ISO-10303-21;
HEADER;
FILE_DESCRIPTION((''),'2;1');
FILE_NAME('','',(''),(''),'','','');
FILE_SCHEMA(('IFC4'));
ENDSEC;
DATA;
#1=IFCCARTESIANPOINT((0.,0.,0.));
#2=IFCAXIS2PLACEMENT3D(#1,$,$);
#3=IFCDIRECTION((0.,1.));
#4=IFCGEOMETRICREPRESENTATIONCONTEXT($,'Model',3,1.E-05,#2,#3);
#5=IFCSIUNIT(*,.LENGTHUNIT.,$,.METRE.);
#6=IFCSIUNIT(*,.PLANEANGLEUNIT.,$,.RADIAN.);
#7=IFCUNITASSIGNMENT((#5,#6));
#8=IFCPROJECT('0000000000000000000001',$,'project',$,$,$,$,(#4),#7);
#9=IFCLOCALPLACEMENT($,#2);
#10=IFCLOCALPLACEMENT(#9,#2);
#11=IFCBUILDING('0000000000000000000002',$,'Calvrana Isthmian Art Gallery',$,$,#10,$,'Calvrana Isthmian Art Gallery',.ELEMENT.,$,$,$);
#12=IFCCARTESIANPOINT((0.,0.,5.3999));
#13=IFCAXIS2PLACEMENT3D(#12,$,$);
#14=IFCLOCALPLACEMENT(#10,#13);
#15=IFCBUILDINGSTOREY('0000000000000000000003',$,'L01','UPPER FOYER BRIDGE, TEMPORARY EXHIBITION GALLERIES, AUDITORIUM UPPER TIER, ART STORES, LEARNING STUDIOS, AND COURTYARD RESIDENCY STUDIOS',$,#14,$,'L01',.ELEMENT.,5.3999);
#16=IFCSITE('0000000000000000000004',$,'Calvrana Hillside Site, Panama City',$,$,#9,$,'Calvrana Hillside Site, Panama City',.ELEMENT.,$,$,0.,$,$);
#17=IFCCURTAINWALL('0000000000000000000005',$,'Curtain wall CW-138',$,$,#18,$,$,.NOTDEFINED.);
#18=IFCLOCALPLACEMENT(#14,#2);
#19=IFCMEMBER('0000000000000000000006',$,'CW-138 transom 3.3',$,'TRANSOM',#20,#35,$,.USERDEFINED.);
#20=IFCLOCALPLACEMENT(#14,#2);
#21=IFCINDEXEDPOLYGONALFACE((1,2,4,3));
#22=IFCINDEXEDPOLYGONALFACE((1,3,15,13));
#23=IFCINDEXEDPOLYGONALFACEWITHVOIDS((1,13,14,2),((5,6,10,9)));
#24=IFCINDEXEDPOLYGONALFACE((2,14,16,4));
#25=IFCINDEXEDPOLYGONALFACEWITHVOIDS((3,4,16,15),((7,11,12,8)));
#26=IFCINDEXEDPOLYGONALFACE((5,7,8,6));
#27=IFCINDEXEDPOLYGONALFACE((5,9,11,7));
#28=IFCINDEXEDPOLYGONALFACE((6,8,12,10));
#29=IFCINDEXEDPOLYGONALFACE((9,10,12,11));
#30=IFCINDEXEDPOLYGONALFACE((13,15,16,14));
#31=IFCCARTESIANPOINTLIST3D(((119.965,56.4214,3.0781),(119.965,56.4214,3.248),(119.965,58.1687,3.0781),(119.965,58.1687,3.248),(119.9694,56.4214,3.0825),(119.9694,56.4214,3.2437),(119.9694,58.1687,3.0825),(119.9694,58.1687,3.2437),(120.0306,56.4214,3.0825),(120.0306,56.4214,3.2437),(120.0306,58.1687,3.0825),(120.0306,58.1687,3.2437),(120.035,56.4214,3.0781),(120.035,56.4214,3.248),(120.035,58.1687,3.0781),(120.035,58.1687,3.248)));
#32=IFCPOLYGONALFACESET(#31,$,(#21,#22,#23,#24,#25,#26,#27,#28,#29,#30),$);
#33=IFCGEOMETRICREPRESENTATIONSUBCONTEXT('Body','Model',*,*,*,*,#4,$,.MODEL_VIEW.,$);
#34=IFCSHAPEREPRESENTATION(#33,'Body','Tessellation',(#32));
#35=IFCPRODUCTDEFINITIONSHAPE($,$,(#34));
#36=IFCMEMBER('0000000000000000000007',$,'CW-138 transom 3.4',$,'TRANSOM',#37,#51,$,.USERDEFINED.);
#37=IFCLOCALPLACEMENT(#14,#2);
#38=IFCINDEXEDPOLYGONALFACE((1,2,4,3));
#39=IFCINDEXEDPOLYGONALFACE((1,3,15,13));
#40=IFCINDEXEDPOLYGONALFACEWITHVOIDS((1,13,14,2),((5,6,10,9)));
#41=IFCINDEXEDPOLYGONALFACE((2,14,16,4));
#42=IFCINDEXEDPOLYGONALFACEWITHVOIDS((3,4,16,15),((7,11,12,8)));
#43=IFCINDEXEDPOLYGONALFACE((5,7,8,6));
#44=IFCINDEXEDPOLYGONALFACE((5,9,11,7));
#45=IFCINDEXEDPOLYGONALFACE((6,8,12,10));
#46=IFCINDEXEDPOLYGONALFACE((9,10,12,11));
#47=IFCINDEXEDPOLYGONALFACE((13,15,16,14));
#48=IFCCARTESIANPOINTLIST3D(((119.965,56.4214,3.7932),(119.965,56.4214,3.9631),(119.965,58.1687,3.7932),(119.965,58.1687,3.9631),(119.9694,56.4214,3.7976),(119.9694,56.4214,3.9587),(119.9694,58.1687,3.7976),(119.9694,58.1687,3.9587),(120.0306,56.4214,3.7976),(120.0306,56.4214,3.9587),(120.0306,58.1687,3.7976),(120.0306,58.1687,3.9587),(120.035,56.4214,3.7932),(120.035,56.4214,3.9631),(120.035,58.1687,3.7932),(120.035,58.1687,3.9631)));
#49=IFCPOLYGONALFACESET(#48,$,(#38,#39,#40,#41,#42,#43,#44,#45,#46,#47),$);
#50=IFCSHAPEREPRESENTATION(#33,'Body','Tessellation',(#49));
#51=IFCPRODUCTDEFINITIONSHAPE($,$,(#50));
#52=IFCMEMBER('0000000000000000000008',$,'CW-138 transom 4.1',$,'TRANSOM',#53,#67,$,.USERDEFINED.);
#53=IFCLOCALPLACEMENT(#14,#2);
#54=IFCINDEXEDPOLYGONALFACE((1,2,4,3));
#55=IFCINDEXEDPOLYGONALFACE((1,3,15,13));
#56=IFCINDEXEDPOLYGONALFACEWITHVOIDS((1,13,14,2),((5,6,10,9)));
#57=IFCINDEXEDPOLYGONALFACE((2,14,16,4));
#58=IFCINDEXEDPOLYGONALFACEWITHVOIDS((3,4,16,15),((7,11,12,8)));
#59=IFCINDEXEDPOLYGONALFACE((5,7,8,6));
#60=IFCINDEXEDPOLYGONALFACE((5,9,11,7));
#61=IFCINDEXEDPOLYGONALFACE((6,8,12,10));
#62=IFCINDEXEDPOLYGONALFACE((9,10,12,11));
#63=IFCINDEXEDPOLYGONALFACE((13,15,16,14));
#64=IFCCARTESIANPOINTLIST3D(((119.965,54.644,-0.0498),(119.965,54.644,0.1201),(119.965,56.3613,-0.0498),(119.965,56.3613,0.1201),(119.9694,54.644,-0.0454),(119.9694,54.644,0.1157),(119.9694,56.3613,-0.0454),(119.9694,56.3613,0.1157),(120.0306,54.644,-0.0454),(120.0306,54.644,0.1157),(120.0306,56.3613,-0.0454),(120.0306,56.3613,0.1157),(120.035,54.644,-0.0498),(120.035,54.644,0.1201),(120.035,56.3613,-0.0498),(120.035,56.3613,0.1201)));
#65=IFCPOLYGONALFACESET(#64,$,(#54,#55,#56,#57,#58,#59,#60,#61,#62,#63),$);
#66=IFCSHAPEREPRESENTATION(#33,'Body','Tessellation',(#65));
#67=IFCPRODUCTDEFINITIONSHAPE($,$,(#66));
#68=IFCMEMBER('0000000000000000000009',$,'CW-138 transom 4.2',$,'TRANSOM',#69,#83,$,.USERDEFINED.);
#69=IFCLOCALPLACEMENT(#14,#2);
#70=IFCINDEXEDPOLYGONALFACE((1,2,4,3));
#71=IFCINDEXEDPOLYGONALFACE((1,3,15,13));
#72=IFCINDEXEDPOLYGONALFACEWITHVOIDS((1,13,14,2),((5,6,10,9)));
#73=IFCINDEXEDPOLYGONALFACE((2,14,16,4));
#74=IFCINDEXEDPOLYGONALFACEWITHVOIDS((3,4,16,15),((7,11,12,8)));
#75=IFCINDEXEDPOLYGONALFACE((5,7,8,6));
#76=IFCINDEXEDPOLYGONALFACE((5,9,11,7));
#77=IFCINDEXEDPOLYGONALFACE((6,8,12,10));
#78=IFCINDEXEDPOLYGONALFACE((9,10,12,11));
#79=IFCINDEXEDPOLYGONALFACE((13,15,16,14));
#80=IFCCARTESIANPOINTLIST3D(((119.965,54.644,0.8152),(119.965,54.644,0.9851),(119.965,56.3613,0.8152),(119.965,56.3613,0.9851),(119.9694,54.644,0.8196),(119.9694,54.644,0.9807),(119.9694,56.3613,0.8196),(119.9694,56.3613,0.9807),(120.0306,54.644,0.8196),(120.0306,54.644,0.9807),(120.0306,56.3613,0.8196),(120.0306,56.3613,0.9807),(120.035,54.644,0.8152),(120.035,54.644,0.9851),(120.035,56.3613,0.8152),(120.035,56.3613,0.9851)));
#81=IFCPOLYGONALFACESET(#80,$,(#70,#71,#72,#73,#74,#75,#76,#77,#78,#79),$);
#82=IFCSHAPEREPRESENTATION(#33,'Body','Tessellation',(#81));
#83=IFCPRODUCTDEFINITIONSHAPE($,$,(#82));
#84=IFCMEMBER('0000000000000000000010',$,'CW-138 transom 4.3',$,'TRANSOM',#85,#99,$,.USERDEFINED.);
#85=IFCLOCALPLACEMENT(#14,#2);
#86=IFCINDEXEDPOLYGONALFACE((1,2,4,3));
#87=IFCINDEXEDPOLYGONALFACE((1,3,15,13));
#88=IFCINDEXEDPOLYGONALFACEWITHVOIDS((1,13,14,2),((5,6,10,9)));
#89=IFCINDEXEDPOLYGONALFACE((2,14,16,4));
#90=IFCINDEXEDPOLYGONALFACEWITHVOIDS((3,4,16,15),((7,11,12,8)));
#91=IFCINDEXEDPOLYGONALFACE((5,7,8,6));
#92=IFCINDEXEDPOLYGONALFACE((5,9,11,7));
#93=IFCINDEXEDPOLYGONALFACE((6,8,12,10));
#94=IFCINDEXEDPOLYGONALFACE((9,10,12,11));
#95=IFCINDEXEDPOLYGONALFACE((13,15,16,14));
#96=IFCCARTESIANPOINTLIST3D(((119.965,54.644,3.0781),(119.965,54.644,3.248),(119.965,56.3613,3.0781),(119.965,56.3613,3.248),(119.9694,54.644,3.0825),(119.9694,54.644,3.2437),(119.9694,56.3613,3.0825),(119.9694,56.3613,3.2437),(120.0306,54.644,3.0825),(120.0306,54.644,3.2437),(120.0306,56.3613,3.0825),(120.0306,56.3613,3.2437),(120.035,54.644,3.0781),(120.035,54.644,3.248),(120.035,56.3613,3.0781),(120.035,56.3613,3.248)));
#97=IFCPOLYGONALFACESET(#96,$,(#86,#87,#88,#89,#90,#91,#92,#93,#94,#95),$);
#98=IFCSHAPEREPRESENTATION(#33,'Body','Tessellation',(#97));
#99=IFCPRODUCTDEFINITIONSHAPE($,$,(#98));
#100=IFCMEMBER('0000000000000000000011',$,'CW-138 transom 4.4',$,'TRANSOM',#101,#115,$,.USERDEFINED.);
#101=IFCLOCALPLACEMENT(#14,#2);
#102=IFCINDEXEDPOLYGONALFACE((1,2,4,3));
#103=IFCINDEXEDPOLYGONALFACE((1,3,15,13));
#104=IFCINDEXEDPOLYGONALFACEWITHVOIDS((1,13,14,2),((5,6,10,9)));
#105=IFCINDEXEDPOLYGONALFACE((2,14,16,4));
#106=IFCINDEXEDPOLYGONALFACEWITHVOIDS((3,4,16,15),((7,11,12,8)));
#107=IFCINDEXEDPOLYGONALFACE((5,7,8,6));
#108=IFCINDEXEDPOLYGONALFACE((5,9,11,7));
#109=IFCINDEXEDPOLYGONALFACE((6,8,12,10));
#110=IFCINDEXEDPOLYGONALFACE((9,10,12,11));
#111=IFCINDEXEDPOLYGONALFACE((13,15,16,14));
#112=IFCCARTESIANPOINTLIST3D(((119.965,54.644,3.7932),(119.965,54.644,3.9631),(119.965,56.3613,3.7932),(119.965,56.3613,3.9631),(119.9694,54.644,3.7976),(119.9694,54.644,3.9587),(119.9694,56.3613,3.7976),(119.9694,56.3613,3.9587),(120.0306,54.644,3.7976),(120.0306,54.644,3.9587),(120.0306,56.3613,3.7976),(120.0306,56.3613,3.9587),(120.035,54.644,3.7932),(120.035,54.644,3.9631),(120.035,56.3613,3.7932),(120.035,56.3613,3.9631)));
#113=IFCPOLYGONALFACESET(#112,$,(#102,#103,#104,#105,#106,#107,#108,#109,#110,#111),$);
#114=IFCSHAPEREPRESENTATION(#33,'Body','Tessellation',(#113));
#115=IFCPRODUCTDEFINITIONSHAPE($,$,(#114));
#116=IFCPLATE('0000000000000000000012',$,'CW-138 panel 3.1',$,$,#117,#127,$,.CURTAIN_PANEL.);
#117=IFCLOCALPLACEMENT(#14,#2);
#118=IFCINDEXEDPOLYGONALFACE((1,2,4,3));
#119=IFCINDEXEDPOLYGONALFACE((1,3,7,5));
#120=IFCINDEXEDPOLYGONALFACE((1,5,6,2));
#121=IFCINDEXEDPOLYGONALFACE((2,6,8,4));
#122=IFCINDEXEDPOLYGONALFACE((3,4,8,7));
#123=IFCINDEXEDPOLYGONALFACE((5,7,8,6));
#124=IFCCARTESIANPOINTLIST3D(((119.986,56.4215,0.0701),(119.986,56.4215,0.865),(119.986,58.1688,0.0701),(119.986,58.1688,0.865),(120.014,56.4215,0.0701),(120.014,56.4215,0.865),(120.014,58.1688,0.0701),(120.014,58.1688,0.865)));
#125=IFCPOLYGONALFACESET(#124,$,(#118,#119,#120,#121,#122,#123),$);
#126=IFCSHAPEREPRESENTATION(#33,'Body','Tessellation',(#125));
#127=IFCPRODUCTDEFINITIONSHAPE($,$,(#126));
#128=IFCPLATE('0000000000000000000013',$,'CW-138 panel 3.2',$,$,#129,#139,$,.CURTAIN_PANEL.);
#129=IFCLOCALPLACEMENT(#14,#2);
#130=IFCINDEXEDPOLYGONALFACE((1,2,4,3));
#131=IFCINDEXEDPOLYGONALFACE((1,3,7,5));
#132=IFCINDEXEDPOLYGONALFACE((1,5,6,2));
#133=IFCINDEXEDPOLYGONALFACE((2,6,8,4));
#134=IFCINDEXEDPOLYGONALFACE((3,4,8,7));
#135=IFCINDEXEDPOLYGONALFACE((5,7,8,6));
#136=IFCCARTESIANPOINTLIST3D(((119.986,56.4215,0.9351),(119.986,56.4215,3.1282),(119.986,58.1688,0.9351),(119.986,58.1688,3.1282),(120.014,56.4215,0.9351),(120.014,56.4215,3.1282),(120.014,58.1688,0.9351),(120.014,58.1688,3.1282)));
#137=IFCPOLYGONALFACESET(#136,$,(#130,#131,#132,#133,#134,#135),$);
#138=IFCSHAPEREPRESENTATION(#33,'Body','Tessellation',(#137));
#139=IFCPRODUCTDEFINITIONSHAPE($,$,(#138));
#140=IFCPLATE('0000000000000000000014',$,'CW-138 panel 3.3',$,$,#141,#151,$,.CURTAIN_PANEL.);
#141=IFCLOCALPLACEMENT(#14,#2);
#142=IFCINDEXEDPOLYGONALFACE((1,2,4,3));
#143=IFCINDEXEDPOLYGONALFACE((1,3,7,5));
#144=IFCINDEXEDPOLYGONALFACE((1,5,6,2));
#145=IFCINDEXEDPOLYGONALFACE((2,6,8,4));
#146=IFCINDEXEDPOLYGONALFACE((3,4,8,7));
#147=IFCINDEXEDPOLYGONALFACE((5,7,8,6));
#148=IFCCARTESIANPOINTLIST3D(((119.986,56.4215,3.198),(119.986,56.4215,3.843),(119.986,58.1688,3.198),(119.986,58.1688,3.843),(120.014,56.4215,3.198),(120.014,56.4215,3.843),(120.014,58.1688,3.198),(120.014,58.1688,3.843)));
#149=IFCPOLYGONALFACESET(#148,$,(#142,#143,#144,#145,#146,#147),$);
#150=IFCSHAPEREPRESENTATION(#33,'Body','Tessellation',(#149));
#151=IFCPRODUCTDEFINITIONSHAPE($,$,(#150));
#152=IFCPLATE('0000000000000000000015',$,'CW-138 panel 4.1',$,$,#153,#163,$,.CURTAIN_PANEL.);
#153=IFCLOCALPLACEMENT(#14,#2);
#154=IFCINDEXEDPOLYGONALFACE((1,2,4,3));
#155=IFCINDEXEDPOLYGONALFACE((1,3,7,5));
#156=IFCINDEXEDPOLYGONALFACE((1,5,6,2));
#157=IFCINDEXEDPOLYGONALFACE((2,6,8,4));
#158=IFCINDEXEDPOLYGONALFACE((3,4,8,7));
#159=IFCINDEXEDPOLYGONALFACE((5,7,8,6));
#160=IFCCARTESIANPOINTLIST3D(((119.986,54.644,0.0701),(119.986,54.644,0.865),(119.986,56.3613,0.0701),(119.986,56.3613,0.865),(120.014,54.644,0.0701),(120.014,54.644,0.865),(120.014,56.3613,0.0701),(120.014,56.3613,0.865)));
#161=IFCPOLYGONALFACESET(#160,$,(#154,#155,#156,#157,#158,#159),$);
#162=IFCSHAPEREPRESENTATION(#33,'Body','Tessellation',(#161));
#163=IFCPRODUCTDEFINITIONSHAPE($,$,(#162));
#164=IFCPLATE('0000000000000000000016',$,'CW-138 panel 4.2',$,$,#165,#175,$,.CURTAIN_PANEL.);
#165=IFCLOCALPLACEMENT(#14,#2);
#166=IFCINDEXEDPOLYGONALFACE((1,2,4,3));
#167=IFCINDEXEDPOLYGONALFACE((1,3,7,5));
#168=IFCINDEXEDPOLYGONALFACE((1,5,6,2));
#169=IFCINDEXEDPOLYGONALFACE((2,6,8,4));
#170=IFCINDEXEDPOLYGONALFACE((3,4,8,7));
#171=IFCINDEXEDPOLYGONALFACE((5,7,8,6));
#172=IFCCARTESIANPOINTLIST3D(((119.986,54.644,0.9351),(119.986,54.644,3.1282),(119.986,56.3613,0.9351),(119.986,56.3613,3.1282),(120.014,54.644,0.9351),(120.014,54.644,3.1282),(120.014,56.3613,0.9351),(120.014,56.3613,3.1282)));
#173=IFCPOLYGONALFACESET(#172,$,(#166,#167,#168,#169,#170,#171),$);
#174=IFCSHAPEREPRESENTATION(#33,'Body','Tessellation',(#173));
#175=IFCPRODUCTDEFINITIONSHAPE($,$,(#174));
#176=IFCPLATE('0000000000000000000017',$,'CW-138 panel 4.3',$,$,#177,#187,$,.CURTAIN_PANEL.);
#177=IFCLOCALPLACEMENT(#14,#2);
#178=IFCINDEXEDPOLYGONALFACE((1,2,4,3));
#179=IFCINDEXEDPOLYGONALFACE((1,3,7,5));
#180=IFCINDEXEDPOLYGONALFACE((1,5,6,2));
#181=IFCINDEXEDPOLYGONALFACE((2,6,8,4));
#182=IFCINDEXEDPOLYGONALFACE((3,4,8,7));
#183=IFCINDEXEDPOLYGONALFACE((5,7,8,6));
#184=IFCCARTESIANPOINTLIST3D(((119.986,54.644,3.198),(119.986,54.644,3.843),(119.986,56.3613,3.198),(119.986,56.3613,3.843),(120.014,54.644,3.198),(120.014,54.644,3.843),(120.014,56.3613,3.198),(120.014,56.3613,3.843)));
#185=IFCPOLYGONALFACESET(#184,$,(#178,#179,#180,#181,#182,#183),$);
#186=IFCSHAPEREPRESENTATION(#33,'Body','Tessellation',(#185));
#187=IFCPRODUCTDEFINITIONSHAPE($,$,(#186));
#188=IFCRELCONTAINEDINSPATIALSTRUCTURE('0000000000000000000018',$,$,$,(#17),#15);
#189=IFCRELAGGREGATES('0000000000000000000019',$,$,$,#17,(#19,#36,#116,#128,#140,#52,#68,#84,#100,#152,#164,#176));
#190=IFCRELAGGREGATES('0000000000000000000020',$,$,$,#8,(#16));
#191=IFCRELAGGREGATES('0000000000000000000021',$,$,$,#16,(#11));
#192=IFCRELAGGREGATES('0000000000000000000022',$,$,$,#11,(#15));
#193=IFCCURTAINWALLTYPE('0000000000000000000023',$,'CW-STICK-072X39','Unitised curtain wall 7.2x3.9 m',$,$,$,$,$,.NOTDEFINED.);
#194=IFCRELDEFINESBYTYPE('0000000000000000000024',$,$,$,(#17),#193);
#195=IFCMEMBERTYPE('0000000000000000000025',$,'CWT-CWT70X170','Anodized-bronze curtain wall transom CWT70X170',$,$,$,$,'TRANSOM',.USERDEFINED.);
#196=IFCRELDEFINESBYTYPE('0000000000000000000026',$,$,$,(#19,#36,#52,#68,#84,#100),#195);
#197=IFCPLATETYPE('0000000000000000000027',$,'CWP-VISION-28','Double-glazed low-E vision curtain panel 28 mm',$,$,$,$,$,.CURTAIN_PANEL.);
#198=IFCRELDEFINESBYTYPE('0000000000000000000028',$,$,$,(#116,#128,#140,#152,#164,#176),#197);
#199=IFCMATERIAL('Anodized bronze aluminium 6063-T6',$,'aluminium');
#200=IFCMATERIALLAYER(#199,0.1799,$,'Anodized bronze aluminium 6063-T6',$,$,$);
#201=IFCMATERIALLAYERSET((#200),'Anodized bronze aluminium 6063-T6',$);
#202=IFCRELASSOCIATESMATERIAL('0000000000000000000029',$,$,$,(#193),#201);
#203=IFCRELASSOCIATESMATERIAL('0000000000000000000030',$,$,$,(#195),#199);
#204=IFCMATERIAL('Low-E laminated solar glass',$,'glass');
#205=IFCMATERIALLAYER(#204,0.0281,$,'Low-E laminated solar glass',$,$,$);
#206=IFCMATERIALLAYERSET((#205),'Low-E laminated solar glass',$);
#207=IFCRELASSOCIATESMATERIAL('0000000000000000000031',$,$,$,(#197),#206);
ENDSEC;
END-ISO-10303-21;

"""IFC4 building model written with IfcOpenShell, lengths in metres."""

from ifc_helpers import new_model, si_unit, direction, frame, origin, origin_2d, place, context, subcontext, project, spatial, rectangle, hollow_rectangle, extrude, material, layer, layer_set, material_profile, profile_set, type_object, element, aggregate, save


model = new_model("IFC4")

# Units and contexts
model_context = context("Model", 3, precision=1e-05, world=origin(), true_north=direction((0.0, 1.0)))
body_context = subcontext(model_context, "Body", "Model", "MODEL_VIEW")
ifc_project = project(units=[si_unit("LENGTHUNIT", "METRE"), si_unit("PLANEANGLEUNIT", "RADIAN")], contexts=[model_context])

# Site, building, storey
site_placement = place(None, origin())
site = spatial("IfcSite", under=ifc_project, at=site_placement, Name="Calvrana Hillside Site, Panama City", LongName="Calvrana Hillside Site, Panama City", CompositionType="ELEMENT", RefElevation=0.0)
building_placement = place(site_placement, origin())
building = spatial("IfcBuilding", under=site, at=building_placement, Name="Calvrana Isthmian Art Gallery", LongName="Calvrana Isthmian Art Gallery", CompositionType="ELEMENT")
storey_placement = place(building_placement, frame((0.0, 0.0, 5.3999)))
storey = spatial("IfcBuildingStorey", under=building, at=storey_placement, Name="L01", Description="UPPER FOYER BRIDGE, TEMPORARY EXHIBITION GALLERIES, AUDITORIUM UPPER TIER, ART STORES, LEARNING STUDIOS, AND COURTYARD RESIDENCY STUDIOS", LongName="L01", CompositionType="ELEMENT", Elevation=5.3999)

# Curtain wall
ifc_material_1 = material(Name="Anodized bronze aluminium 6063-T6", Category="aluminium")
ifc_layer_1 = layer(ifc_material_1, 0.1799, Name="Anodized bronze aluminium 6063-T6")
ifc_layer_set_1 = layer_set([ifc_layer_1], Name="Anodized bronze aluminium 6063-T6")
curtain_wall_type_1 = type_object("IfcCurtainWallType", Name="CW-STICK-072X39", Description="Unitised curtain wall 7.2x3.9 m", PredefinedType="NOTDEFINED", material=ifc_layer_set_1)
curtain_wall_1_placement = place(storey_placement, origin())
curtain_wall_1 = element("IfcCurtainWall", 1, at=curtain_wall_1_placement, inside=storey, type_object=curtain_wall_type_1, Name="Curtain wall CW-138", PredefinedType="NOTDEFINED")

# Members
ifc_material_profile_1 = material_profile(ifc_material_1, hollow_rectangle(XDim=0.0701, YDim=0.1699, WallThickness=0.0044, at=origin_2d()), Name="CWT70X170")
ifc_profile_set_1 = profile_set([ifc_material_profile_1], Name="Anodized bronze aluminium 6063-T6")
member_type_1 = type_object("IfcMemberType", Name="CWT-CWT70X170", Description="Anodized-bronze curtain wall transom CWT70X170", ElementType="TRANSOM", PredefinedType="USERDEFINED", material=ifc_profile_set_1)
member_1_placement = place(storey_placement, frame((120.0, 58.1687, 3.1631), z_axis=(0.0, -1.0, 0.0), x_axis=(1.0, 0.0, 0.0)))
member_1 = element("IfcMember", 2, at=member_1_placement, type_object=member_type_1, Name="CW-138 transom 3.3", ObjectType="TRANSOM", PredefinedType="USERDEFINED", context=body_context, shape_type="SweptSolid", body=[
    extrude(hollow_rectangle(XDim=0.0701, YDim=0.1699, WallThickness=0.0044, at=origin_2d()), origin(), (0.0, 0.0, 1.0), 1.7473),
])
member_2_placement = place(storey_placement, frame((120.0, 58.1687, 3.8782), z_axis=(0.0, -1.0, 0.0), x_axis=(1.0, 0.0, 0.0)))
member_2 = element("IfcMember", 3, at=member_2_placement, type_object=member_type_1, Name="CW-138 transom 3.4", ObjectType="TRANSOM", PredefinedType="USERDEFINED", context=body_context, shape_type="SweptSolid", body=[
    extrude(hollow_rectangle(XDim=0.0701, YDim=0.1699, WallThickness=0.0044, at=origin_2d()), origin(), (0.0, 0.0, 1.0), 1.7473),
])
member_3_placement = place(storey_placement, frame((120.0, 56.3613, 0.0352), z_axis=(0.0, -1.0, 0.0), x_axis=(1.0, 0.0, 0.0)))
member_3 = element("IfcMember", 4, at=member_3_placement, type_object=member_type_1, Name="CW-138 transom 4.1", ObjectType="TRANSOM", PredefinedType="USERDEFINED", context=body_context, shape_type="SweptSolid", body=[
    extrude(hollow_rectangle(XDim=0.0701, YDim=0.1699, WallThickness=0.0044, at=origin_2d()), origin(), (0.0, 0.0, 1.0), 1.7173),
])
member_4_placement = place(storey_placement, frame((120.0, 56.3613, 0.9001), z_axis=(0.0, -1.0, 0.0), x_axis=(1.0, 0.0, 0.0)))
member_4 = element("IfcMember", 5, at=member_4_placement, type_object=member_type_1, Name="CW-138 transom 4.2", ObjectType="TRANSOM", PredefinedType="USERDEFINED", context=body_context, shape_type="SweptSolid", body=[
    extrude(hollow_rectangle(XDim=0.0701, YDim=0.1699, WallThickness=0.0044, at=origin_2d()), origin(), (0.0, 0.0, 1.0), 1.7173),
])
member_5_placement = place(storey_placement, frame((120.0, 56.3613, 3.1631), z_axis=(0.0, -1.0, 0.0), x_axis=(1.0, 0.0, 0.0)))
member_5 = element("IfcMember", 6, at=member_5_placement, type_object=member_type_1, Name="CW-138 transom 4.3", ObjectType="TRANSOM", PredefinedType="USERDEFINED", context=body_context, shape_type="SweptSolid", body=[
    extrude(hollow_rectangle(XDim=0.0701, YDim=0.1699, WallThickness=0.0044, at=origin_2d()), origin(), (0.0, 0.0, 1.0), 1.7173),
])
member_6_placement = place(storey_placement, frame((120.0, 56.3613, 3.8782), z_axis=(0.0, -1.0, 0.0), x_axis=(1.0, 0.0, 0.0)))
member_6 = element("IfcMember", 7, at=member_6_placement, type_object=member_type_1, Name="CW-138 transom 4.4", ObjectType="TRANSOM", PredefinedType="USERDEFINED", context=body_context, shape_type="SweptSolid", body=[
    extrude(hollow_rectangle(XDim=0.0701, YDim=0.1699, WallThickness=0.0044, at=origin_2d()), origin(), (0.0, 0.0, 1.0), 1.7173),
])

# Plates
ifc_material_2 = material(Name="Low-E laminated solar glass", Category="glass")
ifc_layer_2 = layer(ifc_material_2, 0.0281, Name="Low-E laminated solar glass")
ifc_layer_set_2 = layer_set([ifc_layer_2], Name="Low-E laminated solar glass")
plate_type_1 = type_object("IfcPlateType", Name="CWP-VISION-28", Description="Double-glazed low-E vision curtain panel 28 mm", PredefinedType="CURTAIN_PANEL", material=ifc_layer_set_2)
plate_1_placement = place(storey_placement, frame((120.0, 57.2952, 0.0701), z_axis=(0.0, 0.0, 1.0), x_axis=(0.0, -1.0, 0.0)))
plate_1 = element("IfcPlate", 8, at=plate_1_placement, type_object=plate_type_1, Name="CW-138 panel 3.1", PredefinedType="CURTAIN_PANEL", context=body_context, shape_type="SweptSolid", body=[
    extrude(rectangle(XDim=1.7473, YDim=0.0281, at=origin_2d()), origin(), (0.0, 0.0, 1.0), 0.7949),
])
plate_2_placement = place(storey_placement, frame((120.0, 57.2952, 0.9351), z_axis=(0.0, 0.0, 1.0), x_axis=(0.0, -1.0, 0.0)))
plate_2 = element("IfcPlate", 9, at=plate_2_placement, type_object=plate_type_1, Name="CW-138 panel 3.2", PredefinedType="CURTAIN_PANEL", context=body_context, shape_type="SweptSolid", body=[
    extrude(rectangle(XDim=1.7473, YDim=0.0281, at=origin_2d()), origin(), (0.0, 0.0, 1.0), 2.1931),
])
plate_3_placement = place(storey_placement, frame((120.0, 57.2952, 3.198), z_axis=(0.0, 0.0, 1.0), x_axis=(0.0, -1.0, 0.0)))
plate_3 = element("IfcPlate", 10, at=plate_3_placement, type_object=plate_type_1, Name="CW-138 panel 3.3", PredefinedType="CURTAIN_PANEL", context=body_context, shape_type="SweptSolid", body=[
    extrude(rectangle(XDim=1.7473, YDim=0.0281, at=origin_2d()), origin(), (0.0, 0.0, 1.0), 0.645),
])
plate_4_placement = place(storey_placement, frame((120.0, 55.5027, 0.0701), z_axis=(0.0, 0.0, 1.0), x_axis=(0.0, -1.0, 0.0)))
plate_4 = element("IfcPlate", 11, at=plate_4_placement, type_object=plate_type_1, Name="CW-138 panel 4.1", PredefinedType="CURTAIN_PANEL", context=body_context, shape_type="SweptSolid", body=[
    extrude(rectangle(XDim=1.7173, YDim=0.0281, at=origin_2d()), origin(), (0.0, 0.0, 1.0), 0.7949),
])
plate_5_placement = place(storey_placement, frame((120.0, 55.5027, 0.9351), z_axis=(0.0, 0.0, 1.0), x_axis=(0.0, -1.0, 0.0)))
plate_5 = element("IfcPlate", 12, at=plate_5_placement, type_object=plate_type_1, Name="CW-138 panel 4.2", PredefinedType="CURTAIN_PANEL", context=body_context, shape_type="SweptSolid", body=[
    extrude(rectangle(XDim=1.7173, YDim=0.0281, at=origin_2d()), origin(), (0.0, 0.0, 1.0), 2.1931),
])
plate_6_placement = place(storey_placement, frame((120.0, 55.5027, 3.198), z_axis=(0.0, 0.0, 1.0), x_axis=(0.0, -1.0, 0.0)))
plate_6 = element("IfcPlate", 13, at=plate_6_placement, type_object=plate_type_1, Name="CW-138 panel 4.3", PredefinedType="CURTAIN_PANEL", context=body_context, shape_type="SweptSolid", body=[
    extrude(rectangle(XDim=1.7173, YDim=0.0281, at=origin_2d()), origin(), (0.0, 0.0, 1.0), 0.645),
])
aggregate(curtain_wall_1, [member_1, member_2, plate_1, plate_2, plate_3, member_3, member_4, member_5, member_6, plate_4, plate_5, plate_6])

save(model, "model.ifc")
